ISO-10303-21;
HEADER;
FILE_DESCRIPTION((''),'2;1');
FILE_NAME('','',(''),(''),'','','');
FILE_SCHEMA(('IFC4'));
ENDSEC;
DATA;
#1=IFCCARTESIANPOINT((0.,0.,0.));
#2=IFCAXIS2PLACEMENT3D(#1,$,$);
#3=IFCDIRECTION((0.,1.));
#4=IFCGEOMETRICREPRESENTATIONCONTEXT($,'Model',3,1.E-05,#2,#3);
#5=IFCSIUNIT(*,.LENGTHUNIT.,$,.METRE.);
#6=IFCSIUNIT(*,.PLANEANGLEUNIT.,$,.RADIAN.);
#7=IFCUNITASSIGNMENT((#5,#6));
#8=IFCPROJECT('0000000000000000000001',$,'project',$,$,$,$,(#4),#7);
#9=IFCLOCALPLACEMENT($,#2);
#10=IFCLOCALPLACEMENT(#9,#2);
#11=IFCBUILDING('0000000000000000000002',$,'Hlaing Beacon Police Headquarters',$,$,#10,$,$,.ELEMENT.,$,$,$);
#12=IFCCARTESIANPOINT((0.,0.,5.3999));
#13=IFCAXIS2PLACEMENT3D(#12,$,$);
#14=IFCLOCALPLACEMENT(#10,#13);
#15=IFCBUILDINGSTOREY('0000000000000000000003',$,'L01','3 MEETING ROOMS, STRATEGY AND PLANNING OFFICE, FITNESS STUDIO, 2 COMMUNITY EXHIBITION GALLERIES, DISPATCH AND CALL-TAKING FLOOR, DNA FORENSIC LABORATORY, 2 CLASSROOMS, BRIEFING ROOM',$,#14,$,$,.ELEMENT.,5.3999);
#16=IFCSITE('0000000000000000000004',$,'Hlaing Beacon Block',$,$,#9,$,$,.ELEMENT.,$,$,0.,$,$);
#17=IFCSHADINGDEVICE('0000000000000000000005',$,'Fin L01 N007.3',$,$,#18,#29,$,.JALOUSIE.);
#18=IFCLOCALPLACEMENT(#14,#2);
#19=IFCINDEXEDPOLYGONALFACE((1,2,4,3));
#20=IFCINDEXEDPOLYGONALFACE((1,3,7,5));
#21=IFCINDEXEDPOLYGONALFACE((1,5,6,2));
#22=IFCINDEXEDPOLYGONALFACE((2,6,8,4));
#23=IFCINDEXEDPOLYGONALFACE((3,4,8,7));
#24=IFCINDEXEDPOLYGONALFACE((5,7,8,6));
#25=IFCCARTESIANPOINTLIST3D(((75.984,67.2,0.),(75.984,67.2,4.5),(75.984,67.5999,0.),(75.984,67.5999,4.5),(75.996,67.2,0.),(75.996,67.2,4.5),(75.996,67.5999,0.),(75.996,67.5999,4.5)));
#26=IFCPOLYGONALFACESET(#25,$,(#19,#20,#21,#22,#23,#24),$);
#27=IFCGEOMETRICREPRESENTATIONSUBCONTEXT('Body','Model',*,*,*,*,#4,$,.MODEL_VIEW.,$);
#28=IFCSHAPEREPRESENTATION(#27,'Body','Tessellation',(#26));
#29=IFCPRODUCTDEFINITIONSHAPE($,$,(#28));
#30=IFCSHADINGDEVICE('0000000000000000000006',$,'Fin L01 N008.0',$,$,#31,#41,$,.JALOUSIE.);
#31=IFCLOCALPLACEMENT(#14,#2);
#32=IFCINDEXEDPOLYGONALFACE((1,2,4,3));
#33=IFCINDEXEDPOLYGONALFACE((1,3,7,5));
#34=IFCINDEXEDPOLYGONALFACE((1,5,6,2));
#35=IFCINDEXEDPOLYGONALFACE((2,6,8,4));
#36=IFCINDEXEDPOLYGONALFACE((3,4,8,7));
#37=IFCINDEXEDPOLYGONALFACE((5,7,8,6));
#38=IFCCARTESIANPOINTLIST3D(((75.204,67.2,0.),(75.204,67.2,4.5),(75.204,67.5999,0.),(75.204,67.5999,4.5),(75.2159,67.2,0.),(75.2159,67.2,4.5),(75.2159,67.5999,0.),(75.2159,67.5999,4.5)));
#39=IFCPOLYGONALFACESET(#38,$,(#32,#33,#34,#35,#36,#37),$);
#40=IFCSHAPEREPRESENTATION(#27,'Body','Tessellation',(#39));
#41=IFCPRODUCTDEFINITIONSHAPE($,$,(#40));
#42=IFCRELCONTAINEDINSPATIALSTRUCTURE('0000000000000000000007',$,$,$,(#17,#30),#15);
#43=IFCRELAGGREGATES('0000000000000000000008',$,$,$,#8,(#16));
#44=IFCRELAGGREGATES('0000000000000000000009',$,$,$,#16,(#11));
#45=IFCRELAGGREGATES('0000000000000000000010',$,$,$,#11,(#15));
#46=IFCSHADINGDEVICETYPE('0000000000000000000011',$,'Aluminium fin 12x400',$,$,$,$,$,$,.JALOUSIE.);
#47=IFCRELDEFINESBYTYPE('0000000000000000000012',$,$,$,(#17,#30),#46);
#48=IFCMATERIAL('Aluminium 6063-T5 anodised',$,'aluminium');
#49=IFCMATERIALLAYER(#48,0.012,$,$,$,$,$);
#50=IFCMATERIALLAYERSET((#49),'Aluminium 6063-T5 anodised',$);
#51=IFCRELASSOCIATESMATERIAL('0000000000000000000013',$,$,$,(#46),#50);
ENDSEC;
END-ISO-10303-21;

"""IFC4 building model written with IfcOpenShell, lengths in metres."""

from ifc_helpers import new_model, si_unit, direction, frame, origin, origin_2d, place, context, subcontext, project, spatial, rectangle, extrude, material, layer, layer_set, type_object, element, save


model = new_model("IFC4")

# Units and contexts
model_context = context("Model", 3, precision=1e-05, world=origin(), true_north=direction((0.0, 1.0)))
body_context = subcontext(model_context, "Body", "Model", "MODEL_VIEW")
ifc_project = project(units=[si_unit("LENGTHUNIT", "METRE"), si_unit("PLANEANGLEUNIT", "RADIAN")], contexts=[model_context])

# Site, building, storey
site_placement = place(None, origin())
site = spatial("IfcSite", under=ifc_project, at=site_placement, Name="Hlaing Beacon Block", CompositionType="ELEMENT", RefElevation=0.0)
building_placement = place(site_placement, origin())
building = spatial("IfcBuilding", under=site, at=building_placement, Name="Hlaing Beacon Police Headquarters", CompositionType="ELEMENT")
storey_placement = place(building_placement, frame((0.0, 0.0, 5.3999)))
storey = spatial("IfcBuildingStorey", under=building, at=storey_placement, Name="L01", Description="3 MEETING ROOMS, STRATEGY AND PLANNING OFFICE, FITNESS STUDIO, 2 COMMUNITY EXHIBITION GALLERIES, DISPATCH AND CALL-TAKING FLOOR, DNA FORENSIC LABORATORY, 2 CLASSROOMS, BRIEFING ROOM", CompositionType="ELEMENT", Elevation=5.3999)

# Shading devices
ifc_material_1 = material(Name="Aluminium 6063-T5 anodised", Category="aluminium")
ifc_layer_1 = layer(ifc_material_1, 0.012)
ifc_layer_set_1 = layer_set([ifc_layer_1], Name="Aluminium 6063-T5 anodised")
shading_device_type = type_object("IfcShadingDeviceType", Name="Aluminium fin 12x400", PredefinedType="JALOUSIE", material=ifc_layer_set_1)
for number, where, z_axis, x_axis, name in (
    (1, (75.99, 67.3999, 0.0), (0.0, 0.0, 1.0), (-1.0, 0.0, 0.0), "Fin L01 N007.3"),
    (2, (75.21, 67.3999, 0.0), (0.0, 0.0, 1.0), (-1.0, 0.0, 0.0), "Fin L01 N008.0"),
):
    element("IfcShadingDevice", number, at=place(storey_placement, frame(where, z_axis=z_axis, x_axis=x_axis)), inside=storey, type_object=shading_device_type, Name=name, PredefinedType="JALOUSIE", context=body_context, shape_type="SweptSolid", body=[
        extrude(rectangle(XDim=0.012, YDim=0.3999, at=origin_2d()), origin(), (0.0, 0.0, 1.0), 4.5),
    ])

save(model, "model.ifc")
